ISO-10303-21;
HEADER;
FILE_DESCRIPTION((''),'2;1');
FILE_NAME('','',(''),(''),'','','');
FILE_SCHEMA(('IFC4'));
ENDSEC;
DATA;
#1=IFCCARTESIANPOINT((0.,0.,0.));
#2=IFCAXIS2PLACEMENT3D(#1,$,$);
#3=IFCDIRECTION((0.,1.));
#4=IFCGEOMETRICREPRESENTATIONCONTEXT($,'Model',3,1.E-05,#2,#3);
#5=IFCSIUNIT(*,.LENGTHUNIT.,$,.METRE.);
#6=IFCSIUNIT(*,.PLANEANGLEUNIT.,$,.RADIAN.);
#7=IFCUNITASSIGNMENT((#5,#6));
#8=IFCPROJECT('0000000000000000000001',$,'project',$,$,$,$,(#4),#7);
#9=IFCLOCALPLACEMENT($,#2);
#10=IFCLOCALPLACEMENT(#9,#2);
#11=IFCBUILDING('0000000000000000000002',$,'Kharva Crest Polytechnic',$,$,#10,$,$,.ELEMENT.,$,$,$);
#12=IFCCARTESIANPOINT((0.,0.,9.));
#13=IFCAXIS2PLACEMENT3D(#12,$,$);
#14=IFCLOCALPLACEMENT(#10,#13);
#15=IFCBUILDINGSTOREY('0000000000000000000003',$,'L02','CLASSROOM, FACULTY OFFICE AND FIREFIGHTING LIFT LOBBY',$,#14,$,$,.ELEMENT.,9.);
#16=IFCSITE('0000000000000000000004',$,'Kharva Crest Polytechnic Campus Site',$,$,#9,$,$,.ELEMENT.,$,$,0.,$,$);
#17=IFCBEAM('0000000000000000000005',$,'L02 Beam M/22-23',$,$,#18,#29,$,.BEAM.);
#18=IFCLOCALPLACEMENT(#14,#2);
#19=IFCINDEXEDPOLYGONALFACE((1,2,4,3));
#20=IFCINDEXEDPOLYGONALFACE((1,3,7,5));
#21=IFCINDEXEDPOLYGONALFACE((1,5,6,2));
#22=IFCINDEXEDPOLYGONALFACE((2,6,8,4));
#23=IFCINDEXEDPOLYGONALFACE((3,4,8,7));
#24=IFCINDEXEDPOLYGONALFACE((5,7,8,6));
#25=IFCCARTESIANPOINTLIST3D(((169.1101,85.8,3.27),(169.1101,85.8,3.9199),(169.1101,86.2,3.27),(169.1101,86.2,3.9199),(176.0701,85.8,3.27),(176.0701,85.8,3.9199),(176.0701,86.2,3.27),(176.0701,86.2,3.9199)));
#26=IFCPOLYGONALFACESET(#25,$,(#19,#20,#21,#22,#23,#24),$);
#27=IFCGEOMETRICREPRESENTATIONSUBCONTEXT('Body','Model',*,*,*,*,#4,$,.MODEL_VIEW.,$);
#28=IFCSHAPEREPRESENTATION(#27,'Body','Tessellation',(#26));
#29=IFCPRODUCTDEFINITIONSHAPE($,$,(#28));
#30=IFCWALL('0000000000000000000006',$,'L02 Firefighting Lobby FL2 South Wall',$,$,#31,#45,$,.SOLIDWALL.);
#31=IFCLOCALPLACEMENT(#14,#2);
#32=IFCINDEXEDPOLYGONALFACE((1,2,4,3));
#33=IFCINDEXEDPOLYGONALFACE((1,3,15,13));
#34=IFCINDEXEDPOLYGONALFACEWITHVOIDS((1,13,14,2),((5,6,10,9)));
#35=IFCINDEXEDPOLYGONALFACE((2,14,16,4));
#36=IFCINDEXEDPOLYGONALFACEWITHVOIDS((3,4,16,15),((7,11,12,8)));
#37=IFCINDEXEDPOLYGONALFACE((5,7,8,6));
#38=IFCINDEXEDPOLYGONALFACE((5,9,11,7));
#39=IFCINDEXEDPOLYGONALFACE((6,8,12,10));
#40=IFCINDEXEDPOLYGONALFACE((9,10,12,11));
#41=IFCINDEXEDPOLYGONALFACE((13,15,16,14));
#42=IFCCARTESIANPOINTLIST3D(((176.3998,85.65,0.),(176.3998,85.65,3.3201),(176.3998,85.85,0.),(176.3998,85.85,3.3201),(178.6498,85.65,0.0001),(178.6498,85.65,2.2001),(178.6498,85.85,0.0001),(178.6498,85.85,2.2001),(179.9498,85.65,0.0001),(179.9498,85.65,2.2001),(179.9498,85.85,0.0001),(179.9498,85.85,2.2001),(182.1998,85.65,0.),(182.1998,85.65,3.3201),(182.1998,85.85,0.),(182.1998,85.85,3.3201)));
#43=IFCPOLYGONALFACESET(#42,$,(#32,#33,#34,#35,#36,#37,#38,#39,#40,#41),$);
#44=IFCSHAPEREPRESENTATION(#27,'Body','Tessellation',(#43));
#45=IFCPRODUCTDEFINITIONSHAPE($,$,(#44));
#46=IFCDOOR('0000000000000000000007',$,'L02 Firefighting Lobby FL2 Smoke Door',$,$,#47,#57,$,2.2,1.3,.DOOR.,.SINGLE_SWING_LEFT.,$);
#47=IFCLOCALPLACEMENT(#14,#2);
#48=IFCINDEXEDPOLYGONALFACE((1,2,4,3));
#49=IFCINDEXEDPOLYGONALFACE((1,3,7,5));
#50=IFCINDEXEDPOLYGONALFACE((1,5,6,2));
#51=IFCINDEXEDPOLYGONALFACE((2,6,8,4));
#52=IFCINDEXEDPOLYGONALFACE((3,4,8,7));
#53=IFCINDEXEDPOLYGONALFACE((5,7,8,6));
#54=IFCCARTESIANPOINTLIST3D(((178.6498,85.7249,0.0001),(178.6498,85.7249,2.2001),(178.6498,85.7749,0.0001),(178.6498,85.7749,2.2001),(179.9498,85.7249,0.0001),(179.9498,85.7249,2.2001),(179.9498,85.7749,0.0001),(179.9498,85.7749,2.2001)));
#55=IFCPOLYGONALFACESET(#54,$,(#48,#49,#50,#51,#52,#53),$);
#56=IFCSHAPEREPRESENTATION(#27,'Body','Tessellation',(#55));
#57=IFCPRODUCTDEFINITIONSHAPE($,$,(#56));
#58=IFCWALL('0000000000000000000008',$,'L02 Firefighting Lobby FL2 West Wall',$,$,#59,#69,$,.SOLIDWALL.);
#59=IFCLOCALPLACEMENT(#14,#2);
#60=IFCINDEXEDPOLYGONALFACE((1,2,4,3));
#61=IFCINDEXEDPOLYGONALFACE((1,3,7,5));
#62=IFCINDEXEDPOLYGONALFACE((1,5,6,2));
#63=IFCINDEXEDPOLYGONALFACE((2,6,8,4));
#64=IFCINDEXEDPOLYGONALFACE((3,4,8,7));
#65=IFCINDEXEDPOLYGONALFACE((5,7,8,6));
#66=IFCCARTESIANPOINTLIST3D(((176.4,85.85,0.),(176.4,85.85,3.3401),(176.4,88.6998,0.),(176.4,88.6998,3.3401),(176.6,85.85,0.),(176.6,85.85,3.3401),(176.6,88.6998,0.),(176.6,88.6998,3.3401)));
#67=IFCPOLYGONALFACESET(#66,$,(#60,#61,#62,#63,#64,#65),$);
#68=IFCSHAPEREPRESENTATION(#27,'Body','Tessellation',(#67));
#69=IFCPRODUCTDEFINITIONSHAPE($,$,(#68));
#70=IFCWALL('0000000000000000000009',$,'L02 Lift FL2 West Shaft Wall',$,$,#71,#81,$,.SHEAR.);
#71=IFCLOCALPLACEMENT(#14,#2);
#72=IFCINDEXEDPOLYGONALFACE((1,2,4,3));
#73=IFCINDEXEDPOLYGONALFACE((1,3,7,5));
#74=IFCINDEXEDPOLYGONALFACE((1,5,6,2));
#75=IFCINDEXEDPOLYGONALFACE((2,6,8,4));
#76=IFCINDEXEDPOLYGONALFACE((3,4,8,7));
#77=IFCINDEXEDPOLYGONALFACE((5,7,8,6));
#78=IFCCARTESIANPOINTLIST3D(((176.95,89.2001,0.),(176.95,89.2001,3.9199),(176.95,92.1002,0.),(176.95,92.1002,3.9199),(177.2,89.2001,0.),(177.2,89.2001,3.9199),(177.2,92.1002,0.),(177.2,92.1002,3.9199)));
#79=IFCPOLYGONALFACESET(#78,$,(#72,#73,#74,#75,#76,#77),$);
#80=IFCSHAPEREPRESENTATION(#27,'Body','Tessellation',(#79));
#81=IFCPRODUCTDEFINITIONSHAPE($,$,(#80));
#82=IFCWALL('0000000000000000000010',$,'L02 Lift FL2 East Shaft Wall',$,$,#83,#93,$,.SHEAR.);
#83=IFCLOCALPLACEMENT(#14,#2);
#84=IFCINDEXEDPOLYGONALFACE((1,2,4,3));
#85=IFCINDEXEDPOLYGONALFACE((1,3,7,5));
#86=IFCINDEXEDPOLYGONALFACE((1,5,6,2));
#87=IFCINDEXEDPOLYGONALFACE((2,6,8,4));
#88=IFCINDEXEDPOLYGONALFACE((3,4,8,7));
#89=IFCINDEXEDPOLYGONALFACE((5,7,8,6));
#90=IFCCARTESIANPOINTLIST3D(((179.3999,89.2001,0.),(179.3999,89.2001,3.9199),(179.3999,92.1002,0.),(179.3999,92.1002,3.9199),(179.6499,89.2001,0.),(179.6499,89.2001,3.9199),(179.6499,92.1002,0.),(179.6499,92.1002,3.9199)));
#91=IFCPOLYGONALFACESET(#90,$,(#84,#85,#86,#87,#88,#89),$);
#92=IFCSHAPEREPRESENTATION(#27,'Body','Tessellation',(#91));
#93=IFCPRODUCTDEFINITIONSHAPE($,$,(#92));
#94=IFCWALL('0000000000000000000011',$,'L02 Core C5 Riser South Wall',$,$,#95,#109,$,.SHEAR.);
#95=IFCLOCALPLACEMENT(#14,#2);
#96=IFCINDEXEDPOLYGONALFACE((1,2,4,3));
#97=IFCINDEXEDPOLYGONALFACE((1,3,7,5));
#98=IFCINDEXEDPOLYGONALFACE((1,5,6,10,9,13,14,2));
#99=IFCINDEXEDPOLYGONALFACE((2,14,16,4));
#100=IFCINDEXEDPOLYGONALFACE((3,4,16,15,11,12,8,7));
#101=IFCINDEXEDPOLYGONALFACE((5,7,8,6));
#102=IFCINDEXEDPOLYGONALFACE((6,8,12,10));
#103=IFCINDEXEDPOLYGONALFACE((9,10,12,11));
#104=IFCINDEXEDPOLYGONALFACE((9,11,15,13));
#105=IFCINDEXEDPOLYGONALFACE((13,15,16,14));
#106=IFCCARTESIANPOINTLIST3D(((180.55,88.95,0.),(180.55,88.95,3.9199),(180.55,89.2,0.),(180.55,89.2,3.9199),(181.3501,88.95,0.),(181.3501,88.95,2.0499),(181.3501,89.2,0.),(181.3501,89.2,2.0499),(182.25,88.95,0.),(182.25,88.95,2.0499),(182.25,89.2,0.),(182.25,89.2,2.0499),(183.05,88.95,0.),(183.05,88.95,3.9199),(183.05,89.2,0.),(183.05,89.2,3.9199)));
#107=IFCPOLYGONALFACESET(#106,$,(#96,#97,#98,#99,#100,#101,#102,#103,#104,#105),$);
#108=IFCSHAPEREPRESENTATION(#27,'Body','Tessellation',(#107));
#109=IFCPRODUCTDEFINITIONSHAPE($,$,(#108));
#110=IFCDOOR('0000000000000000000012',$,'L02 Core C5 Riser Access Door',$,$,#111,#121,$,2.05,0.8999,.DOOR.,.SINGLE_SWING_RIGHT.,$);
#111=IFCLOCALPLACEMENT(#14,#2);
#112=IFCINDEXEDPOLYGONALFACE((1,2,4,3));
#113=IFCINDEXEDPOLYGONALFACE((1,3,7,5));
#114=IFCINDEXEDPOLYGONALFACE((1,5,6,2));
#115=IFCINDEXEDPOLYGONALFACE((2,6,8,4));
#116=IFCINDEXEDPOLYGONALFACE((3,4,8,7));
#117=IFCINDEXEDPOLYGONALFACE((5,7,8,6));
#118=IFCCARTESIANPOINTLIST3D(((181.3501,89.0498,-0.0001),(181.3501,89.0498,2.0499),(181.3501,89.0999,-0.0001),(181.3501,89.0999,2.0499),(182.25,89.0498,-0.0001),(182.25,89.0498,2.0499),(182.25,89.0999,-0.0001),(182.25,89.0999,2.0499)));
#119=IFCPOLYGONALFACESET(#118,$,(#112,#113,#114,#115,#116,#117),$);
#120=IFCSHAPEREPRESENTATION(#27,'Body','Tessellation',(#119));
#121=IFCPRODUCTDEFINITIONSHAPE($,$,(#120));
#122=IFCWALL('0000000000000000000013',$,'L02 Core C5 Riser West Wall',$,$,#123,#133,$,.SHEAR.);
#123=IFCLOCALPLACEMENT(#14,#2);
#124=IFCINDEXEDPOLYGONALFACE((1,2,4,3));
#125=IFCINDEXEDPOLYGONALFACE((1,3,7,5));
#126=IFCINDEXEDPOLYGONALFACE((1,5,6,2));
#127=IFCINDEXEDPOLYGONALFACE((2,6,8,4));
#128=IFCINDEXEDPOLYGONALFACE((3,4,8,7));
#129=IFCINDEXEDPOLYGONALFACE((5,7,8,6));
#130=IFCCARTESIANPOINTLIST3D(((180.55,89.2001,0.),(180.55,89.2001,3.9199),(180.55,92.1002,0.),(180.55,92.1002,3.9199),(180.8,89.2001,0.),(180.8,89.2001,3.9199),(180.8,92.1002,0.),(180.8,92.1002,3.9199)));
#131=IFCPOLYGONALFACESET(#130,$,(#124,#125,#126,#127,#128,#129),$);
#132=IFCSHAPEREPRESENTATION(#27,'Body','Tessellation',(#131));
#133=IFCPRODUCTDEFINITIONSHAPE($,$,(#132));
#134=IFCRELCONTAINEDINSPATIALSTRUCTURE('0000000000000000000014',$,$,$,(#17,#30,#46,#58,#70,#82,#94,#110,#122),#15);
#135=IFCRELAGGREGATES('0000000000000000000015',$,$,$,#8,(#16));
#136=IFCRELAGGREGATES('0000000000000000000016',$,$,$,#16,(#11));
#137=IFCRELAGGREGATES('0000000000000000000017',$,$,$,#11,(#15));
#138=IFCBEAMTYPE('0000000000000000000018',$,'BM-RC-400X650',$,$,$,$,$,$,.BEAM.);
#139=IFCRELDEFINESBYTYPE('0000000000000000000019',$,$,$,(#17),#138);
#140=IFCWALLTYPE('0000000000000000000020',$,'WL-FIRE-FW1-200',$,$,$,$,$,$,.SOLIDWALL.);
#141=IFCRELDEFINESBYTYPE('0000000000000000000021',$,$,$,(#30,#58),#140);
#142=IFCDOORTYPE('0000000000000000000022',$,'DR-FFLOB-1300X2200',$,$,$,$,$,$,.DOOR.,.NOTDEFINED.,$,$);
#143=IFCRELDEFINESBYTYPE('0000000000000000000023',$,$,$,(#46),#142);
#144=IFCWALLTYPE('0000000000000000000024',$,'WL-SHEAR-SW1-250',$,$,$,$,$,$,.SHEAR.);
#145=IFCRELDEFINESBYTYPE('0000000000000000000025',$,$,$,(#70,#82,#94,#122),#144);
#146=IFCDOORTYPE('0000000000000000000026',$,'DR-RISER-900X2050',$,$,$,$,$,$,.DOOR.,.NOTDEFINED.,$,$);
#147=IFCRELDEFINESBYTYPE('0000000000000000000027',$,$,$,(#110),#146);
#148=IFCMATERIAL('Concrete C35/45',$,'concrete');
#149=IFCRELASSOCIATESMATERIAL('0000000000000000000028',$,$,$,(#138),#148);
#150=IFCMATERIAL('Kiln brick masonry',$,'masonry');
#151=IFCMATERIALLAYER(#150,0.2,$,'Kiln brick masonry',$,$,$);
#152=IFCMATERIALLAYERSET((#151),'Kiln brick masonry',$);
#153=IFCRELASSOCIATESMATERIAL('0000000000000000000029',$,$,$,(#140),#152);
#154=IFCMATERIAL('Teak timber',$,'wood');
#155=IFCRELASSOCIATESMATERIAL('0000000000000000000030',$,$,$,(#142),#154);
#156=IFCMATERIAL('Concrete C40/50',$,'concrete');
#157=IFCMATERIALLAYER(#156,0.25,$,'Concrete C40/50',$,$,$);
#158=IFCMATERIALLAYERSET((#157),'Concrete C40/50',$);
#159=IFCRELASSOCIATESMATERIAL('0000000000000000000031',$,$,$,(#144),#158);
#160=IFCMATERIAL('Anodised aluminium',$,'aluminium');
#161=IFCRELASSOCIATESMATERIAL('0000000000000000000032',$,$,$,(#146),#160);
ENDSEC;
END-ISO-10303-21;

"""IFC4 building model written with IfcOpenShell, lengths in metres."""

from ifc_helpers import new_model, si_unit, direction, frame, frame_2d, origin, origin_2d, place, context, subcontext, project, spatial, rectangle, extrude, material, layer, layer_set, material_profile, profile_set, type_object, element, fill, save


model = new_model("IFC4")

# Units and contexts
model_context = context("Model", 3, precision=1e-05, world=origin(), true_north=direction((0.0, 1.0)))
body_context = subcontext(model_context, "Body", "Model", "MODEL_VIEW")
ifc_project = project(units=[si_unit("LENGTHUNIT", "METRE"), si_unit("PLANEANGLEUNIT", "RADIAN")], contexts=[model_context])

# Site, building, storey
site_placement = place(None, origin())
site = spatial("IfcSite", under=ifc_project, at=site_placement, Name="Kharva Crest Polytechnic Campus Site", CompositionType="ELEMENT", RefElevation=0.0)
building_placement = place(site_placement, origin())
building = spatial("IfcBuilding", under=site, at=building_placement, Name="Kharva Crest Polytechnic", CompositionType="ELEMENT")
storey_placement = place(building_placement, frame((0.0, 0.0, 9.0)))
storey = spatial("IfcBuildingStorey", under=building, at=storey_placement, Name="L02", Description="CLASSROOM, FACULTY OFFICE AND FIREFIGHTING LIFT LOBBY", CompositionType="ELEMENT", Elevation=9.0)

# Shared definitions
ifc_material_1 = material(Name="Concrete C40/50", Category="concrete")

# Beam
ifc_material_2 = material(Name="Concrete C35/45", Category="concrete")
ifc_material_profile_1 = material_profile(ifc_material_2, rectangle(XDim=0.3999, YDim=0.6499, at=origin_2d()), Name="RECT 400 X 650")
ifc_profile_set_1 = profile_set([ifc_material_profile_1], Name="Concrete C35/45")
beam_type_1 = type_object("IfcBeamType", Name="BM-RC-400X650", PredefinedType="BEAM", material=ifc_profile_set_1)
beam_1_placement = place(storey_placement, frame((169.1101, 86.0, 3.595), z_axis=(1.0, 0.0, 0.0), x_axis=(0.0, 1.0, 0.0)))
element("IfcBeam", 1, at=beam_1_placement, inside=storey, type_object=beam_type_1, Name="L02 Beam M/22-23", PredefinedType="BEAM", context=body_context, shape_type="SweptSolid", body=[
    extrude(rectangle(XDim=0.3999, YDim=0.6499, at=origin_2d()), origin(), (0.0, 0.0, 1.0), 6.96),
])

# Wall, opening, door
ifc_material_3 = material(Name="Kiln brick masonry", Category="masonry")
ifc_layer_1 = layer(ifc_material_3, 0.2, Name="Kiln brick masonry")
ifc_layer_set_1 = layer_set([ifc_layer_1], Name="Kiln brick masonry")
wall_type_1 = type_object("IfcWallType", Name="WL-FIRE-FW1-200", PredefinedType="SOLIDWALL", material=ifc_layer_set_1)
wall_1_placement = place(storey_placement, frame((176.3999, 85.75, 0.0), z_axis=(0.0, 0.0, 1.0), x_axis=(1.0, 0.0, 0.0)))
wall_1 = element("IfcWall", 2, at=wall_1_placement, inside=storey, type_object=wall_type_1, Name="L02 Firefighting Lobby FL2 South Wall", PredefinedType="SOLIDWALL", context=body_context, shape_type="SweptSolid", body=[
    extrude(rectangle(XDim=5.8, YDim=0.2, at=frame_2d((2.8999, 0.0))), origin(), (0.0, 0.0, 1.0), 3.3201),
])
opening_1_placement = place(wall_1_placement, frame((2.25, 0.0, 0.0)))
opening_1 = element("IfcOpeningElement", 3, at=opening_1_placement, cuts=wall_1, PredefinedType="OPENING", context=body_context, shape_type="SweptSolid", body=[
    extrude(rectangle(XDim=1.3, YDim=2.2, at=frame_2d((0.6499, 1.1001))), frame((0.0, 0.1099, 0.0), z_axis=(0.0, -1.0, 0.0), x_axis=(1.0, 0.0, 0.0)), (0.0, 0.0, 1.0), 0.22),
])
ifc_material_4 = material(Name="Teak timber", Category="wood")
door_type_1 = type_object("IfcDoorType", Name="DR-FFLOB-1300X2200", OperationType="NOTDEFINED", PredefinedType="DOOR", material=ifc_material_4)
door_1_placement = place(opening_1_placement, origin())
door_1 = element("IfcDoor", 4, at=door_1_placement, inside=storey, type_object=door_type_1, Name="L02 Firefighting Lobby FL2 Smoke Door", OperationType="SINGLE_SWING_LEFT", OverallHeight=2.2, OverallWidth=1.3, PredefinedType="DOOR", context=body_context, shape_type="SweptSolid", body=[
    extrude(rectangle(XDim=1.3, YDim=2.2, at=frame_2d((0.6499, 1.1001))), frame((0.0, 0.0249, 0.0), z_axis=(0.0, -1.0, 0.0), x_axis=(1.0, 0.0, 0.0)), (0.0, 0.0, 1.0), 0.05),
])
fill(opening_1, door_1)

# Wall
wall_2_placement = place(storey_placement, frame((176.5, 85.8501, 0.0), z_axis=(0.0, 0.0, 1.0), x_axis=(0.0, 1.0, 0.0)))
element("IfcWall", 5, at=wall_2_placement, inside=storey, type_object=wall_type_1, Name="L02 Firefighting Lobby FL2 West Wall", PredefinedType="SOLIDWALL", context=body_context, shape_type="SweptSolid", body=[
    extrude(rectangle(XDim=2.8499, YDim=0.2, at=frame_2d((1.4248, 0.0))), origin(), (0.0, 0.0, 1.0), 3.3401),
])

# Shared definitions
ifc_layer_2 = layer(ifc_material_1, 0.25, Name="Concrete C40/50")
ifc_layer_set_2 = layer_set([ifc_layer_2], Name="Concrete C40/50")
wall_type_2 = type_object("IfcWallType", Name="WL-SHEAR-SW1-250", PredefinedType="SHEAR", material=ifc_layer_set_2)
ifc_material_5 = material(Name="Anodised aluminium", Category="aluminium")

# Walls
for number, where, z_axis, x_axis, name in (
    (6, (177.075, 89.2, 0.0), (0.0, 0.0, 1.0), (0.0, 1.0, 0.0), "L02 Lift FL2 West Shaft Wall"),
    (7, (179.5249, 89.2, 0.0), (0.0, 0.0, 1.0), (0.0, 1.0, 0.0), "L02 Lift FL2 East Shaft Wall"),
):
    element("IfcWall", number, at=place(storey_placement, frame(where, z_axis=z_axis, x_axis=x_axis)), inside=storey, type_object=wall_type_2, Name=name, PredefinedType="SHEAR", context=body_context, shape_type="SweptSolid", body=[
        extrude(rectangle(XDim=2.9001, YDim=0.25, at=frame_2d((1.4502, 0.0))), origin(), (0.0, 0.0, 1.0), 3.9199),
    ])

# Wall, opening, door
wall_3_placement = place(storey_placement, frame((180.55, 89.075, 0.0), z_axis=(0.0, 0.0, 1.0), x_axis=(1.0, 0.0, 0.0)))
wall_3 = element("IfcWall", 8, at=wall_3_placement, inside=storey, type_object=wall_type_2, Name="L02 Core C5 Riser South Wall", PredefinedType="SHEAR", context=body_context, shape_type="SweptSolid", body=[
    extrude(rectangle(XDim=2.5, YDim=0.25, at=frame_2d((1.25, 0.0))), origin(), (0.0, 0.0, 1.0), 3.9199),
])
opening_2_placement = place(wall_3_placement, frame((0.8, 0.0, 0.0)))
opening_2 = element("IfcOpeningElement", 9, at=opening_2_placement, cuts=wall_3, PredefinedType="OPENING", context=body_context, shape_type="SweptSolid", body=[
    extrude(rectangle(XDim=0.8999, YDim=2.05, at=frame_2d((0.45, 1.0249))), frame((0.0, 0.135, 0.0), z_axis=(0.0, -1.0, 0.0), x_axis=(1.0, 0.0, 0.0)), (0.0, 0.0, 1.0), 0.27),
])
door_type_2 = type_object("IfcDoorType", Name="DR-RISER-900X2050", OperationType="NOTDEFINED", PredefinedType="DOOR", material=ifc_material_5)
door_2_placement = place(opening_2_placement, origin())
door_2 = element("IfcDoor", 10, at=door_2_placement, inside=storey, type_object=door_type_2, Name="L02 Core C5 Riser Access Door", OperationType="SINGLE_SWING_RIGHT", OverallHeight=2.05, OverallWidth=0.8999, PredefinedType="DOOR", context=body_context, shape_type="SweptSolid", body=[
    extrude(rectangle(XDim=0.8999, YDim=2.05, at=frame_2d((0.45, 1.0249))), frame((0.0, 0.0249, 0.0), z_axis=(0.0, -1.0, 0.0), x_axis=(1.0, 0.0, 0.0)), (0.0, 0.0, 1.0), 0.05),
])
fill(opening_2, door_2)

# Wall
wall_4_placement = place(storey_placement, frame((180.675, 89.2, 0.0), z_axis=(0.0, 0.0, 1.0), x_axis=(0.0, 1.0, 0.0)))
element("IfcWall", 11, at=wall_4_placement, inside=storey, type_object=wall_type_2, Name="L02 Core C5 Riser West Wall", PredefinedType="SHEAR", context=body_context, shape_type="SweptSolid", body=[
    extrude(rectangle(XDim=2.9001, YDim=0.25, at=frame_2d((1.4502, 0.0))), origin(), (0.0, 0.0, 1.0), 3.9199),
])

save(model, "model.ifc")
